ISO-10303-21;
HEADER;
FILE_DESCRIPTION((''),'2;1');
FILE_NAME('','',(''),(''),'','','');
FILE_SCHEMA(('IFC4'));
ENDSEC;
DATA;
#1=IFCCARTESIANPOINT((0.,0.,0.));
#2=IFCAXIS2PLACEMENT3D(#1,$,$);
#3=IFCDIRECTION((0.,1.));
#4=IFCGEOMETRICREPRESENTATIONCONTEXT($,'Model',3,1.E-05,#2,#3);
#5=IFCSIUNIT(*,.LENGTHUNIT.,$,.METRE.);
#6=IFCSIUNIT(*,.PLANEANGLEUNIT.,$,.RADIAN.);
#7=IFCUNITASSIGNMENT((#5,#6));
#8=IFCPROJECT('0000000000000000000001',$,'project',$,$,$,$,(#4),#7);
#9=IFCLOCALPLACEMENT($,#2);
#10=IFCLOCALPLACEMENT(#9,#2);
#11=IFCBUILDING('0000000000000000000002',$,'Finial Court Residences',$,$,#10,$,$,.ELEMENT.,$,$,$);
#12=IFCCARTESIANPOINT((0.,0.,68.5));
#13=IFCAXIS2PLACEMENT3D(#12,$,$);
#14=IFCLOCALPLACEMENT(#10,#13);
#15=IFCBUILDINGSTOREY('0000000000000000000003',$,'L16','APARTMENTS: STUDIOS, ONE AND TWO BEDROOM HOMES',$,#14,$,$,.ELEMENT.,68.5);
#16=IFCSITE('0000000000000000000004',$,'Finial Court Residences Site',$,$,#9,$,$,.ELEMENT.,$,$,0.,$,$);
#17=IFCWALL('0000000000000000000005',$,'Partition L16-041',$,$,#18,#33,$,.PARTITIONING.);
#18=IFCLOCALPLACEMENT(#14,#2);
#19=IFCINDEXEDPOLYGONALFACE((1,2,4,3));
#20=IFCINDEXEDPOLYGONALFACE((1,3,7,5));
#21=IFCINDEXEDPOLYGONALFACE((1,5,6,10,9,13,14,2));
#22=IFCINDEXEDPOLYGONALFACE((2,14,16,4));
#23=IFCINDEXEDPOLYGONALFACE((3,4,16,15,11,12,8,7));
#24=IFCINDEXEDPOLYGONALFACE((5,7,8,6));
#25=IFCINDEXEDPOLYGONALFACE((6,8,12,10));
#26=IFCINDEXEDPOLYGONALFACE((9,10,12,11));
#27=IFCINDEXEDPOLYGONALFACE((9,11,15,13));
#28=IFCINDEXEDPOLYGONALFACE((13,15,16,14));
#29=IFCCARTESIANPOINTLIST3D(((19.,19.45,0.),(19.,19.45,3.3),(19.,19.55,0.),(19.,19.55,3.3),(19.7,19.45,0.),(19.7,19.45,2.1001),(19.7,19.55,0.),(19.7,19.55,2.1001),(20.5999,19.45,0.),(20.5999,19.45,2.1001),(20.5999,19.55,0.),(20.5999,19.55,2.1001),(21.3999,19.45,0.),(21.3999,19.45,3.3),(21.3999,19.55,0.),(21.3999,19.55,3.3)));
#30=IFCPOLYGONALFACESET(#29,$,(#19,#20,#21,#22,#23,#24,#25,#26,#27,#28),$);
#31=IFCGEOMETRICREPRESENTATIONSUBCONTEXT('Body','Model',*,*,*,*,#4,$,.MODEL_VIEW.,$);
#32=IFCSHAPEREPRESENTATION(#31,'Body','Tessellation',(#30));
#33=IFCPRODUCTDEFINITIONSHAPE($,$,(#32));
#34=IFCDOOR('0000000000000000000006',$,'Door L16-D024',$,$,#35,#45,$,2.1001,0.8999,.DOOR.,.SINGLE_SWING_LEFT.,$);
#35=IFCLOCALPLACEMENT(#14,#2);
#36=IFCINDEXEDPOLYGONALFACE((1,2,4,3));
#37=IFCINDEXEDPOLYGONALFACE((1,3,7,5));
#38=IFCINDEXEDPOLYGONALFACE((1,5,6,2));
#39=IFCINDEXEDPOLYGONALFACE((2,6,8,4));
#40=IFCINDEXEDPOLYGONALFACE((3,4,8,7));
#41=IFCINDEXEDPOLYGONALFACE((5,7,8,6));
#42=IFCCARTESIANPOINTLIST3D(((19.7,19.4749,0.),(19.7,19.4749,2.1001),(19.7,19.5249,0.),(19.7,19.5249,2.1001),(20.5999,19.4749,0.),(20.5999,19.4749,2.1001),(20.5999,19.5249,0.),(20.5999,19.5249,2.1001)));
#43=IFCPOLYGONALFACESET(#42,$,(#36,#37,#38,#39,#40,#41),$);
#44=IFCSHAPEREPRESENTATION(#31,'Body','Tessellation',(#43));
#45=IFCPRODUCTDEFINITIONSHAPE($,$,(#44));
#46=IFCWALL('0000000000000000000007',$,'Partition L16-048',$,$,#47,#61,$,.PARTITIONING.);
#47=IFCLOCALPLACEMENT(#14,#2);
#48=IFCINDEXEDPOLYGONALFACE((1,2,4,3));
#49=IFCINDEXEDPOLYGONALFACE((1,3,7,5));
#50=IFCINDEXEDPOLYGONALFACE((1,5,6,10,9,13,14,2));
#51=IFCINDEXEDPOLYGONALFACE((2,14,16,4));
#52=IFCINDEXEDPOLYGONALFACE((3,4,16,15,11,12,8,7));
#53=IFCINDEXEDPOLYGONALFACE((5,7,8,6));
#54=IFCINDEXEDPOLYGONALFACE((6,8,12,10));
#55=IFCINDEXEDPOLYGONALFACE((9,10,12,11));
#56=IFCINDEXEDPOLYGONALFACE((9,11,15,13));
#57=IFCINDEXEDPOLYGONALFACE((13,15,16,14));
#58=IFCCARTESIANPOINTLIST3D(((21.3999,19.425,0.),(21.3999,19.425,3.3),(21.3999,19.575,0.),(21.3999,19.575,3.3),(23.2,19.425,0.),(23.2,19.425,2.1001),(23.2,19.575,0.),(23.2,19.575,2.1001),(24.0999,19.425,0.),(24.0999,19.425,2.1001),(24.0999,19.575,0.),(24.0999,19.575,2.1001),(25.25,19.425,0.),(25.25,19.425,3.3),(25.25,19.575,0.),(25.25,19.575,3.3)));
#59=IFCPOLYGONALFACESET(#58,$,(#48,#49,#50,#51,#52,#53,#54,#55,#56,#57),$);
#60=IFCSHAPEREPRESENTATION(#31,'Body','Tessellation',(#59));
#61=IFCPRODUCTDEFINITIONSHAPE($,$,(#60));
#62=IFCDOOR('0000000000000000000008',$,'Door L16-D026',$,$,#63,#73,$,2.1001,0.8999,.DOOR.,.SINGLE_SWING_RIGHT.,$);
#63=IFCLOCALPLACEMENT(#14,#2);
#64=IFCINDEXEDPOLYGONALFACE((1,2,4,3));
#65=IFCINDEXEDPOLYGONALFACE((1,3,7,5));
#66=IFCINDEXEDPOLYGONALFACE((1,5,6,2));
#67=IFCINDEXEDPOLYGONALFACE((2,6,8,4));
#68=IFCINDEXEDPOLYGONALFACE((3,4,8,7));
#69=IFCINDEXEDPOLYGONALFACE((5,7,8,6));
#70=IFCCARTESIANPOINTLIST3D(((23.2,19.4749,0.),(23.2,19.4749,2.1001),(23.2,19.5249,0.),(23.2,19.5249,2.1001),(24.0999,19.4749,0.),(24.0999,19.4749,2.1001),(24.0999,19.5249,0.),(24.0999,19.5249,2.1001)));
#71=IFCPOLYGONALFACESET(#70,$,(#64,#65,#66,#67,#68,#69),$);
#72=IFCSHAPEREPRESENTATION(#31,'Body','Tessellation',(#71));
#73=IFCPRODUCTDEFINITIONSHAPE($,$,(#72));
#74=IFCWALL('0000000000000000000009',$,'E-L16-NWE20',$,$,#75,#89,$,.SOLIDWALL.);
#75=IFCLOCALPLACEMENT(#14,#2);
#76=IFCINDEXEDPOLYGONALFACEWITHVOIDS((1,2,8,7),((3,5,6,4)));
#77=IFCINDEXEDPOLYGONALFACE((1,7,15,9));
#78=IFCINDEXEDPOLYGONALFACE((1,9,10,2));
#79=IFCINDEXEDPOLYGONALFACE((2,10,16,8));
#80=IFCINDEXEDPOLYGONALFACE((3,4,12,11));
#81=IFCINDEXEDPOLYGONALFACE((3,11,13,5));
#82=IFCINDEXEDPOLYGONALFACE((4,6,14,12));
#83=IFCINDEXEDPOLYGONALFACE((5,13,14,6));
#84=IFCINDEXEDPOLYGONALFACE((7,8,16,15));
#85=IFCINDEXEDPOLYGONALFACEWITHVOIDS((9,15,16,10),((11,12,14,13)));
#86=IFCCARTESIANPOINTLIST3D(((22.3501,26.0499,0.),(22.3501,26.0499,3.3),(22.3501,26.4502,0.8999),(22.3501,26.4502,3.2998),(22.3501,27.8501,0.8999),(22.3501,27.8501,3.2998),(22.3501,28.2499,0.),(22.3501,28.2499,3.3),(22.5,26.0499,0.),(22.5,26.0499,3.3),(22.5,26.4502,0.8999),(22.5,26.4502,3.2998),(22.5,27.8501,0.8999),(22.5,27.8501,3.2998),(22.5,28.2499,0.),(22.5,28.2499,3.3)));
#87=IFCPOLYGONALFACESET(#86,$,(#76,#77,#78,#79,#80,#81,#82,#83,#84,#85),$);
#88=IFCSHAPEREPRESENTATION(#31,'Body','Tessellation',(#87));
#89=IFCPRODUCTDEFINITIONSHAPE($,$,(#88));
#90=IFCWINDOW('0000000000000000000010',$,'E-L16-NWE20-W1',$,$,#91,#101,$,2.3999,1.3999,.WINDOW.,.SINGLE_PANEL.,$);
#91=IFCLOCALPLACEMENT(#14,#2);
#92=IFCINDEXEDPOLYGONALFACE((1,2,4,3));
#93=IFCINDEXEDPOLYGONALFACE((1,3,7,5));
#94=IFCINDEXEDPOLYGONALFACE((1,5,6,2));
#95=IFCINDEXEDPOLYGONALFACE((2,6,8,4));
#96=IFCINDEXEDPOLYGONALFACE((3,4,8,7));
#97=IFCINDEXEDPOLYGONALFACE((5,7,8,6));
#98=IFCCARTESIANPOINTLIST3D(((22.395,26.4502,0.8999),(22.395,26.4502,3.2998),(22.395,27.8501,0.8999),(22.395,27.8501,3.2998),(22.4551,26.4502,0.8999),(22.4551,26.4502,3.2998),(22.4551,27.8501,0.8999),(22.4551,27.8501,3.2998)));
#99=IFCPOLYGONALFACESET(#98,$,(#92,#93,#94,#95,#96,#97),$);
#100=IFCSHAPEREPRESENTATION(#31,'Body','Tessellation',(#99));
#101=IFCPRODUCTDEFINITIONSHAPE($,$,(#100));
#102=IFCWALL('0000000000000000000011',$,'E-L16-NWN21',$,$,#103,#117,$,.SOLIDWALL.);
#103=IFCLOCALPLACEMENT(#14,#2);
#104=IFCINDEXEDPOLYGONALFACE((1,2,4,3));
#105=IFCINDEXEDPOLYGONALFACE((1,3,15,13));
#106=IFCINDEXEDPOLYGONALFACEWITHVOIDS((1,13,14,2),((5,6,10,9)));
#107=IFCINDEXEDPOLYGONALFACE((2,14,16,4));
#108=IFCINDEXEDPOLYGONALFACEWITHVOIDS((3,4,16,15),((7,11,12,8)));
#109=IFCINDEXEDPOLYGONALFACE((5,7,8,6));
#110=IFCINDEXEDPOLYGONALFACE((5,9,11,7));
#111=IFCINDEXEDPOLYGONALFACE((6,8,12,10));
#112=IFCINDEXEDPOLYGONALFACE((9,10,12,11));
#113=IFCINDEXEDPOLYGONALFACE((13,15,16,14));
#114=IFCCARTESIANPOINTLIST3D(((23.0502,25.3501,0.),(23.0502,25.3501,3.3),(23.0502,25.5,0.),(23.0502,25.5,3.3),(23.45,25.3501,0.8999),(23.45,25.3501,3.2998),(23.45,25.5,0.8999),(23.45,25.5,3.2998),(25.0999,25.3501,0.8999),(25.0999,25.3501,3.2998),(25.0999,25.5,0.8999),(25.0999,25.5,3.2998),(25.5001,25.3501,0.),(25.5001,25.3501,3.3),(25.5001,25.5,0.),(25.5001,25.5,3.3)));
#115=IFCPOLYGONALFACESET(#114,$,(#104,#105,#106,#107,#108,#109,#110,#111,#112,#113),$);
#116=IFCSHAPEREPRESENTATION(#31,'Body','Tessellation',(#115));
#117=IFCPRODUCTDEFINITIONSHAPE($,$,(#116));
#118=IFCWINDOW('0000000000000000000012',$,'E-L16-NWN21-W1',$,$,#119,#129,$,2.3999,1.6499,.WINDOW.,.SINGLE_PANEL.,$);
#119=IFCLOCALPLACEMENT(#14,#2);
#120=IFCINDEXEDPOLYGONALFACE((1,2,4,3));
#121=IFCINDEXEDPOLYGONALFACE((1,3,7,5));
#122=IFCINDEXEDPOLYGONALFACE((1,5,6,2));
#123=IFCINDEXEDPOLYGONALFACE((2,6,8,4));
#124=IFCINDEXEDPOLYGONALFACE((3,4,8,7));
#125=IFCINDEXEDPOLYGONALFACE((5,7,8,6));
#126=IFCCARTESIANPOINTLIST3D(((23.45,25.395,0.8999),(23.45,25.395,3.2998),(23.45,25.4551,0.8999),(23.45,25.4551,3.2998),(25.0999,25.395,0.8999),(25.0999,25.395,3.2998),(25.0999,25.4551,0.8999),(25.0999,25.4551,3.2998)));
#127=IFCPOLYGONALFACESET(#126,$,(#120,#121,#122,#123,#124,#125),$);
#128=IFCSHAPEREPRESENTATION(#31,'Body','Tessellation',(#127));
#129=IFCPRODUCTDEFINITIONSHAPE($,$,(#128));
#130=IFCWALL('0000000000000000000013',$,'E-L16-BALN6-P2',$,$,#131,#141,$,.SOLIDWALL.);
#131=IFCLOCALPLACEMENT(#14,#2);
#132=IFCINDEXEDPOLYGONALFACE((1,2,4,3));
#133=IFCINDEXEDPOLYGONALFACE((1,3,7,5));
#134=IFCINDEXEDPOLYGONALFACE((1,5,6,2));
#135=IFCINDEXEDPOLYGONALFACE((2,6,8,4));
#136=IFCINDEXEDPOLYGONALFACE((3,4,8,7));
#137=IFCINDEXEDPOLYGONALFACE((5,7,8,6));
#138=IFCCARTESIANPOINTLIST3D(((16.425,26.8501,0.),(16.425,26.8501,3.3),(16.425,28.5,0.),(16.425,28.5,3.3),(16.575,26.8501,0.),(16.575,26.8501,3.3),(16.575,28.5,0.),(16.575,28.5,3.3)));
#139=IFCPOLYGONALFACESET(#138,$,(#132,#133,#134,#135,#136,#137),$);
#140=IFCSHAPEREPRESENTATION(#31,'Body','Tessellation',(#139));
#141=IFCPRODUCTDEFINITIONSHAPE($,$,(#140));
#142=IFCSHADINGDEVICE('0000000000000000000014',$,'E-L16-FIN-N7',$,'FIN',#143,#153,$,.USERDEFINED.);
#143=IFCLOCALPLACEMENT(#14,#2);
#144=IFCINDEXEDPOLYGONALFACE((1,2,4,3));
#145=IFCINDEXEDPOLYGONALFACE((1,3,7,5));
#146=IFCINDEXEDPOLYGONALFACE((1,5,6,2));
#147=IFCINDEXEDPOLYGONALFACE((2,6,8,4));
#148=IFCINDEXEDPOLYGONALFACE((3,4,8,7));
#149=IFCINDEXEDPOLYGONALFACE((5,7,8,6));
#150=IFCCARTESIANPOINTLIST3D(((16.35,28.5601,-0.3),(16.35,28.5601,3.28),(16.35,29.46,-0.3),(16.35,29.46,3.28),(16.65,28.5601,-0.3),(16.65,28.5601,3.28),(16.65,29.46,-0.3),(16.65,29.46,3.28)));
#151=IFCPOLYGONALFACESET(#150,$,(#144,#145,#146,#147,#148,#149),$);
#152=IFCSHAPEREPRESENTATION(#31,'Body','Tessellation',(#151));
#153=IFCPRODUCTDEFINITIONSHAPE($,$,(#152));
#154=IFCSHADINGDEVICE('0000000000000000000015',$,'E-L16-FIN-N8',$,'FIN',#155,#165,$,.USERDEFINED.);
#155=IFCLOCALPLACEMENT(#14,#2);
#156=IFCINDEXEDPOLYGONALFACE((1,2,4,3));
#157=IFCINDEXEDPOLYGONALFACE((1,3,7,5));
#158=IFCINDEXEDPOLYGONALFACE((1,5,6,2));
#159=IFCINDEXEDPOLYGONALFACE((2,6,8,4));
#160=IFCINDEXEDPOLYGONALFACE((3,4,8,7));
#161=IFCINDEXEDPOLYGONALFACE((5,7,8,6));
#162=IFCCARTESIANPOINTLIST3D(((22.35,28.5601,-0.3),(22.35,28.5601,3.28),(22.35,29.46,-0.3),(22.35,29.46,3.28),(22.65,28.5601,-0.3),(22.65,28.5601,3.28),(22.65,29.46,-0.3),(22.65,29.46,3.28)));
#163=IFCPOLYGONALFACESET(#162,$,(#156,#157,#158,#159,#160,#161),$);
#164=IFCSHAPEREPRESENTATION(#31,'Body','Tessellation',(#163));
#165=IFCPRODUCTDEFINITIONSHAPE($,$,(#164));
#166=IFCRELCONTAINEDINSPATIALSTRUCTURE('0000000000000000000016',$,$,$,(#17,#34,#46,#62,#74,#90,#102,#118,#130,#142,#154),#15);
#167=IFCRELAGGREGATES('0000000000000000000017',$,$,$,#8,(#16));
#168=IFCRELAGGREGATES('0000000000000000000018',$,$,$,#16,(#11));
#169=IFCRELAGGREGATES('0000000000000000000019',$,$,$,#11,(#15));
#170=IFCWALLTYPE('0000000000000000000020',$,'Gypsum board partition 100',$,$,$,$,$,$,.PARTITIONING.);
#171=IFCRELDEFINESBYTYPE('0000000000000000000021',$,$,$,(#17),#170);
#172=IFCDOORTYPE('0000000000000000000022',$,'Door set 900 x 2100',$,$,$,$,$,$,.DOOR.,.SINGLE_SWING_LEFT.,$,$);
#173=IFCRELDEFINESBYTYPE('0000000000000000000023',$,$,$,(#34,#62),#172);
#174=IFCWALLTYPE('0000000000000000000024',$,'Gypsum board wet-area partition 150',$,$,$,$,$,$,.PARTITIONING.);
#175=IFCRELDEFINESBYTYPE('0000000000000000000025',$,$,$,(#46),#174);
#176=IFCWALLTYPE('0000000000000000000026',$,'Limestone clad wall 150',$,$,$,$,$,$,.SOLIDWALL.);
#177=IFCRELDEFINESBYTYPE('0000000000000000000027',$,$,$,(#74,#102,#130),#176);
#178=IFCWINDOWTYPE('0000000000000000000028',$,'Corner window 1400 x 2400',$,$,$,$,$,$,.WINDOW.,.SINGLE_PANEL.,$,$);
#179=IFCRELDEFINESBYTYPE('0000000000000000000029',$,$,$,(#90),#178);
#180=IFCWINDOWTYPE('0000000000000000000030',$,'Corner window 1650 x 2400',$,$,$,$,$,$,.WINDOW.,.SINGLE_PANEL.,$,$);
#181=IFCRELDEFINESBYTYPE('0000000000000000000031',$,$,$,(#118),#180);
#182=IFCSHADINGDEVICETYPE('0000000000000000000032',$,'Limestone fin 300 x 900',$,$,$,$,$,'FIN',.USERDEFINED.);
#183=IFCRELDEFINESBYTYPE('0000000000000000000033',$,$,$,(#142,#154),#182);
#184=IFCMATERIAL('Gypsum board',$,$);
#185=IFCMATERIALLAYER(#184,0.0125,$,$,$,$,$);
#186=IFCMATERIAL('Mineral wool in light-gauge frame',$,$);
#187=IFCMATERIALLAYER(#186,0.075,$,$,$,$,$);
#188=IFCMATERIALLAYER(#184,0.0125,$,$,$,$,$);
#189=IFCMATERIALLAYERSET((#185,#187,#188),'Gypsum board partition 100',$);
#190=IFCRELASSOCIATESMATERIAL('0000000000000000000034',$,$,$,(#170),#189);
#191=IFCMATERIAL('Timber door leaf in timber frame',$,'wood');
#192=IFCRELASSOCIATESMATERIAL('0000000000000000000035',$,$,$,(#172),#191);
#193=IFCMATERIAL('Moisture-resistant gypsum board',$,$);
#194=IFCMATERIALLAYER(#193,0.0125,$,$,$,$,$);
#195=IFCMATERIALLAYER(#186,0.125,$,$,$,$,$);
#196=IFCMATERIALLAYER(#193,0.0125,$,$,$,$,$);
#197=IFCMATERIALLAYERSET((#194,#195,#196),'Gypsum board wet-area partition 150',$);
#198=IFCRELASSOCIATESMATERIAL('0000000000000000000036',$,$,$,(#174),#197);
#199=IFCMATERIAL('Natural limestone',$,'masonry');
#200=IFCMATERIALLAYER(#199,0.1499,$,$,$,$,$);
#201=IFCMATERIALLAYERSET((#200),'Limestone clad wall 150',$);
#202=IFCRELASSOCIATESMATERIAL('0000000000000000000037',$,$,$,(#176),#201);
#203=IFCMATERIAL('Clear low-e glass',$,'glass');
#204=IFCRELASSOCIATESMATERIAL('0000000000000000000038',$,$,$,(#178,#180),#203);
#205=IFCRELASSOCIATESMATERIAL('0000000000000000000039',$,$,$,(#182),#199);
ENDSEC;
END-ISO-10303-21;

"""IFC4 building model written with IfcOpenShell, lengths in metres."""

from ifc_helpers import new_model, si_unit, direction, frame, frame_2d, origin, origin_2d, place, context, subcontext, project, spatial, rectangle, extrude, material, layer, layer_set, type_object, element, fill, save


model = new_model("IFC4")

# Units and contexts
model_context = context("Model", 3, precision=1e-05, world=origin(), true_north=direction((0.0, 1.0)))
body_context = subcontext(model_context, "Body", "Model", "MODEL_VIEW")
ifc_project = project(units=[si_unit("LENGTHUNIT", "METRE"), si_unit("PLANEANGLEUNIT", "RADIAN")], contexts=[model_context])

# Site, building, storey
site_placement = place(None, origin())
site = spatial("IfcSite", under=ifc_project, at=site_placement, Name="Finial Court Residences Site", CompositionType="ELEMENT", RefElevation=0.0)
building_placement = place(site_placement, origin())
building = spatial("IfcBuilding", under=site, at=building_placement, Name="Finial Court Residences", CompositionType="ELEMENT")
storey_placement = place(building_placement, frame((0.0, 0.0, 68.5)))
storey = spatial("IfcBuildingStorey", under=building, at=storey_placement, Name="L16", Description="APARTMENTS: STUDIOS, ONE AND TWO BEDROOM HOMES", CompositionType="ELEMENT", Elevation=68.5)

# Shared definitions
ifc_material_1 = material(Name="Clear low-e glass", Category="glass")

# Walls, openings, doors
ifc_material_2 = material(Name="Gypsum board")
ifc_layer_1 = layer(ifc_material_2, 0.0125)
ifc_material_3 = material(Name="Mineral wool in light-gauge frame")
ifc_layer_2 = layer(ifc_material_3, 0.075)
ifc_layer_3 = layer(ifc_material_2, 0.0125)
ifc_layer_set_1 = layer_set([ifc_layer_1, ifc_layer_2, ifc_layer_3], Name="Gypsum board partition 100")
wall_type_1 = type_object("IfcWallType", Name="Gypsum board partition 100", PredefinedType="PARTITIONING", material=ifc_layer_set_1)
wall_1_placement = place(storey_placement, frame((19.0, 19.5, 0.0), z_axis=(0.0, 0.0, 1.0), x_axis=(1.0, 0.0, 0.0)))
wall_1 = element("IfcWall", 1, at=wall_1_placement, inside=storey, type_object=wall_type_1, Name="Partition L16-041", PredefinedType="PARTITIONING", context=body_context, shape_type="SweptSolid", body=[
    extrude(rectangle(XDim=2.3999, YDim=0.1001, at=frame_2d((1.2, 0.0))), origin(), (0.0, 0.0, 1.0), 3.3),
])
opening_1_placement = place(wall_1_placement, frame((0.7, 0.0, 0.0)))
opening_1 = element("IfcOpeningElement", 2, at=opening_1_placement, cuts=wall_1, PredefinedType="OPENING", context=body_context, shape_type="SweptSolid", body=[
    extrude(rectangle(XDim=0.8999, YDim=2.1001, at=frame_2d((0.45, 1.05))), frame((0.0, 0.0601, 0.0), z_axis=(0.0, -1.0, 0.0), x_axis=(1.0, 0.0, 0.0)), (0.0, 0.0, 1.0), 0.1201),
])
ifc_material_4 = material(Name="Timber door leaf in timber frame", Category="wood")
door_type = type_object("IfcDoorType", Name="Door set 900 x 2100", OperationType="SINGLE_SWING_LEFT", PredefinedType="DOOR", material=ifc_material_4)
door_1_placement = place(opening_1_placement, origin())
door_1 = element("IfcDoor", 3, at=door_1_placement, inside=storey, type_object=door_type, Name="Door L16-D024", OperationType="SINGLE_SWING_LEFT", OverallHeight=2.1001, OverallWidth=0.8999, PredefinedType="DOOR", context=body_context, shape_type="SweptSolid", body=[
    extrude(rectangle(XDim=0.8999, YDim=2.1001, at=frame_2d((0.45, 1.05))), frame((0.0, 0.0249, 0.0), z_axis=(0.0, -1.0, 0.0), x_axis=(1.0, 0.0, 0.0)), (0.0, 0.0, 1.0), 0.05),
])
fill(opening_1, door_1)
ifc_material_5 = material(Name="Moisture-resistant gypsum board")
ifc_layer_4 = layer(ifc_material_5, 0.0125)
ifc_layer_5 = layer(ifc_material_3, 0.125)
ifc_layer_6 = layer(ifc_material_5, 0.0125)
ifc_layer_set_2 = layer_set([ifc_layer_4, ifc_layer_5, ifc_layer_6], Name="Gypsum board wet-area partition 150")
wall_type_2 = type_object("IfcWallType", Name="Gypsum board wet-area partition 150", PredefinedType="PARTITIONING", material=ifc_layer_set_2)
wall_2_placement = place(storey_placement, frame((21.3999, 19.5, 0.0), z_axis=(0.0, 0.0, 1.0), x_axis=(1.0, 0.0, 0.0)))
wall_2 = element("IfcWall", 4, at=wall_2_placement, inside=storey, type_object=wall_type_2, Name="Partition L16-048", PredefinedType="PARTITIONING", context=body_context, shape_type="SweptSolid", body=[
    extrude(rectangle(XDim=3.8501, YDim=0.1499, at=frame_2d((1.925, 0.0))), origin(), (0.0, 0.0, 1.0), 3.3),
])
opening_2_placement = place(wall_2_placement, frame((1.8, 0.0, 0.0)))
opening_2 = element("IfcOpeningElement", 5, at=opening_2_placement, cuts=wall_2, PredefinedType="OPENING", context=body_context, shape_type="SweptSolid", body=[
    extrude(rectangle(XDim=0.8999, YDim=2.1001, at=frame_2d((0.45, 1.05))), frame((0.0, 0.085, 0.0), z_axis=(0.0, -1.0, 0.0), x_axis=(1.0, 0.0, 0.0)), (0.0, 0.0, 1.0), 0.1699),
])
door_2_placement = place(opening_2_placement, origin())
door_2 = element("IfcDoor", 6, at=door_2_placement, inside=storey, type_object=door_type, Name="Door L16-D026", OperationType="SINGLE_SWING_RIGHT", OverallHeight=2.1001, OverallWidth=0.8999, PredefinedType="DOOR", context=body_context, shape_type="SweptSolid", body=[
    extrude(rectangle(XDim=0.8999, YDim=2.1001, at=frame_2d((0.45, 1.05))), frame((0.0, 0.0249, 0.0), z_axis=(0.0, -1.0, 0.0), x_axis=(1.0, 0.0, 0.0)), (0.0, 0.0, 1.0), 0.05),
])
fill(opening_2, door_2)

# Walls, openings, windows
ifc_material_6 = material(Name="Natural limestone", Category="masonry")
ifc_layer_7 = layer(ifc_material_6, 0.1499)
ifc_layer_set_3 = layer_set([ifc_layer_7], Name="Limestone clad wall 150")
wall_type_3 = type_object("IfcWallType", Name="Limestone clad wall 150", PredefinedType="SOLIDWALL", material=ifc_layer_set_3)
wall_3_placement = place(storey_placement, frame((22.425, 28.25, 0.0), z_axis=(0.0, 0.0, 1.0), x_axis=(0.0, -1.0, 0.0)))
wall_3 = element("IfcWall", 7, at=wall_3_placement, inside=storey, type_object=wall_type_3, Name="E-L16-NWE20", PredefinedType="SOLIDWALL", context=body_context, shape_type="SweptSolid", body=[
    extrude(rectangle(XDim=2.2, YDim=0.1499, at=frame_2d((1.1001, 0.0))), origin(), (0.0, 0.0, 1.0), 3.3),
])
opening_3_placement = place(wall_3_placement, frame((0.3999, 0.0, 0.8999)))
opening_3 = element("IfcOpeningElement", 8, at=opening_3_placement, cuts=wall_3, PredefinedType="OPENING", context=body_context, shape_type="SweptSolid", body=[
    extrude(rectangle(XDim=1.3999, YDim=2.3999, at=frame_2d((0.7, 1.2))), frame((0.0, 0.085, 0.0), z_axis=(0.0, -1.0, 0.0), x_axis=(1.0, 0.0, 0.0)), (0.0, 0.0, 1.0), 0.1699),
])
window_type_1 = type_object("IfcWindowType", Name="Corner window 1400 x 2400", PartitioningType="SINGLE_PANEL", PredefinedType="WINDOW", material=ifc_material_1)
window_1_placement = place(opening_3_placement, origin())
window_1 = element("IfcWindow", 9, at=window_1_placement, inside=storey, type_object=window_type_1, Name="E-L16-NWE20-W1", OverallHeight=2.3999, OverallWidth=1.3999, PartitioningType="SINGLE_PANEL", PredefinedType="WINDOW", context=body_context, shape_type="SweptSolid", body=[
    extrude(rectangle(XDim=1.3999, YDim=2.3999, at=frame_2d((0.7, 1.2))), frame((0.0, 0.03, 0.0), z_axis=(0.0, -1.0, 0.0), x_axis=(1.0, 0.0, 0.0)), (0.0, 0.0, 1.0), 0.0601),
])
fill(opening_3, window_1)
wall_4_placement = place(storey_placement, frame((23.05, 25.425, 0.0), z_axis=(0.0, 0.0, 1.0), x_axis=(1.0, 0.0, 0.0)))
wall_4 = element("IfcWall", 10, at=wall_4_placement, inside=storey, type_object=wall_type_3, Name="E-L16-NWN21", PredefinedType="SOLIDWALL", context=body_context, shape_type="SweptSolid", body=[
    extrude(rectangle(XDim=2.45, YDim=0.1499, at=frame_2d((1.2251, 0.0))), origin(), (0.0, 0.0, 1.0), 3.3),
])
opening_4_placement = place(wall_4_placement, frame((0.3999, 0.0, 0.8999)))
opening_4 = element("IfcOpeningElement", 11, at=opening_4_placement, cuts=wall_4, PredefinedType="OPENING", context=body_context, shape_type="SweptSolid", body=[
    extrude(rectangle(XDim=1.6499, YDim=2.3999, at=frame_2d((0.825, 1.2))), frame((0.0, 0.085, 0.0), z_axis=(0.0, -1.0, 0.0), x_axis=(1.0, 0.0, 0.0)), (0.0, 0.0, 1.0), 0.1699),
])
window_type_2 = type_object("IfcWindowType", Name="Corner window 1650 x 2400", PartitioningType="SINGLE_PANEL", PredefinedType="WINDOW", material=ifc_material_1)
window_2_placement = place(opening_4_placement, origin())
window_2 = element("IfcWindow", 12, at=window_2_placement, inside=storey, type_object=window_type_2, Name="E-L16-NWN21-W1", OverallHeight=2.3999, OverallWidth=1.6499, PartitioningType="SINGLE_PANEL", PredefinedType="WINDOW", context=body_context, shape_type="SweptSolid", body=[
    extrude(rectangle(XDim=1.6499, YDim=2.3999, at=frame_2d((0.825, 1.2))), frame((0.0, 0.03, 0.0), z_axis=(0.0, -1.0, 0.0), x_axis=(1.0, 0.0, 0.0)), (0.0, 0.0, 1.0), 0.0601),
])
fill(opening_4, window_2)

# Wall
wall_5_placement = place(storey_placement, frame((16.5, 26.8501, 0.0), z_axis=(0.0, 0.0, 1.0), x_axis=(0.0, 1.0, 0.0)))
element("IfcWall", 13, at=wall_5_placement, inside=storey, type_object=wall_type_3, Name="E-L16-BALN6-P2", PredefinedType="SOLIDWALL", context=body_context, shape_type="SweptSolid", body=[
    extrude(rectangle(XDim=1.6499, YDim=0.1499, at=frame_2d((0.825, 0.0))), origin(), (0.0, 0.0, 1.0), 3.3),
])

# Shading devices
shading_device_type = type_object("IfcShadingDeviceType", Name="Limestone fin 300 x 900", ElementType="FIN", PredefinedType="USERDEFINED", material=ifc_material_6)
for number, where, z_axis, x_axis, name in (
    (14, (16.5, 29.01, -0.3), (0.0, 0.0, 1.0), (1.0, 0.0, 0.0), "E-L16-FIN-N7"),
    (15, (22.5, 29.01, -0.3), (0.0, 0.0, 1.0), (1.0, 0.0, 0.0), "E-L16-FIN-N8"),
):
    element("IfcShadingDevice", number, at=place(storey_placement, frame(where, z_axis=z_axis, x_axis=x_axis)), inside=storey, type_object=shading_device_type, Name=name, ObjectType="FIN", PredefinedType="USERDEFINED", context=body_context, shape_type="SweptSolid", body=[
        extrude(rectangle(XDim=0.3, YDim=0.8999, at=origin_2d()), origin(), (0.0, 0.0, 1.0), 3.5801),
    ])

save(model, "model.ifc")
